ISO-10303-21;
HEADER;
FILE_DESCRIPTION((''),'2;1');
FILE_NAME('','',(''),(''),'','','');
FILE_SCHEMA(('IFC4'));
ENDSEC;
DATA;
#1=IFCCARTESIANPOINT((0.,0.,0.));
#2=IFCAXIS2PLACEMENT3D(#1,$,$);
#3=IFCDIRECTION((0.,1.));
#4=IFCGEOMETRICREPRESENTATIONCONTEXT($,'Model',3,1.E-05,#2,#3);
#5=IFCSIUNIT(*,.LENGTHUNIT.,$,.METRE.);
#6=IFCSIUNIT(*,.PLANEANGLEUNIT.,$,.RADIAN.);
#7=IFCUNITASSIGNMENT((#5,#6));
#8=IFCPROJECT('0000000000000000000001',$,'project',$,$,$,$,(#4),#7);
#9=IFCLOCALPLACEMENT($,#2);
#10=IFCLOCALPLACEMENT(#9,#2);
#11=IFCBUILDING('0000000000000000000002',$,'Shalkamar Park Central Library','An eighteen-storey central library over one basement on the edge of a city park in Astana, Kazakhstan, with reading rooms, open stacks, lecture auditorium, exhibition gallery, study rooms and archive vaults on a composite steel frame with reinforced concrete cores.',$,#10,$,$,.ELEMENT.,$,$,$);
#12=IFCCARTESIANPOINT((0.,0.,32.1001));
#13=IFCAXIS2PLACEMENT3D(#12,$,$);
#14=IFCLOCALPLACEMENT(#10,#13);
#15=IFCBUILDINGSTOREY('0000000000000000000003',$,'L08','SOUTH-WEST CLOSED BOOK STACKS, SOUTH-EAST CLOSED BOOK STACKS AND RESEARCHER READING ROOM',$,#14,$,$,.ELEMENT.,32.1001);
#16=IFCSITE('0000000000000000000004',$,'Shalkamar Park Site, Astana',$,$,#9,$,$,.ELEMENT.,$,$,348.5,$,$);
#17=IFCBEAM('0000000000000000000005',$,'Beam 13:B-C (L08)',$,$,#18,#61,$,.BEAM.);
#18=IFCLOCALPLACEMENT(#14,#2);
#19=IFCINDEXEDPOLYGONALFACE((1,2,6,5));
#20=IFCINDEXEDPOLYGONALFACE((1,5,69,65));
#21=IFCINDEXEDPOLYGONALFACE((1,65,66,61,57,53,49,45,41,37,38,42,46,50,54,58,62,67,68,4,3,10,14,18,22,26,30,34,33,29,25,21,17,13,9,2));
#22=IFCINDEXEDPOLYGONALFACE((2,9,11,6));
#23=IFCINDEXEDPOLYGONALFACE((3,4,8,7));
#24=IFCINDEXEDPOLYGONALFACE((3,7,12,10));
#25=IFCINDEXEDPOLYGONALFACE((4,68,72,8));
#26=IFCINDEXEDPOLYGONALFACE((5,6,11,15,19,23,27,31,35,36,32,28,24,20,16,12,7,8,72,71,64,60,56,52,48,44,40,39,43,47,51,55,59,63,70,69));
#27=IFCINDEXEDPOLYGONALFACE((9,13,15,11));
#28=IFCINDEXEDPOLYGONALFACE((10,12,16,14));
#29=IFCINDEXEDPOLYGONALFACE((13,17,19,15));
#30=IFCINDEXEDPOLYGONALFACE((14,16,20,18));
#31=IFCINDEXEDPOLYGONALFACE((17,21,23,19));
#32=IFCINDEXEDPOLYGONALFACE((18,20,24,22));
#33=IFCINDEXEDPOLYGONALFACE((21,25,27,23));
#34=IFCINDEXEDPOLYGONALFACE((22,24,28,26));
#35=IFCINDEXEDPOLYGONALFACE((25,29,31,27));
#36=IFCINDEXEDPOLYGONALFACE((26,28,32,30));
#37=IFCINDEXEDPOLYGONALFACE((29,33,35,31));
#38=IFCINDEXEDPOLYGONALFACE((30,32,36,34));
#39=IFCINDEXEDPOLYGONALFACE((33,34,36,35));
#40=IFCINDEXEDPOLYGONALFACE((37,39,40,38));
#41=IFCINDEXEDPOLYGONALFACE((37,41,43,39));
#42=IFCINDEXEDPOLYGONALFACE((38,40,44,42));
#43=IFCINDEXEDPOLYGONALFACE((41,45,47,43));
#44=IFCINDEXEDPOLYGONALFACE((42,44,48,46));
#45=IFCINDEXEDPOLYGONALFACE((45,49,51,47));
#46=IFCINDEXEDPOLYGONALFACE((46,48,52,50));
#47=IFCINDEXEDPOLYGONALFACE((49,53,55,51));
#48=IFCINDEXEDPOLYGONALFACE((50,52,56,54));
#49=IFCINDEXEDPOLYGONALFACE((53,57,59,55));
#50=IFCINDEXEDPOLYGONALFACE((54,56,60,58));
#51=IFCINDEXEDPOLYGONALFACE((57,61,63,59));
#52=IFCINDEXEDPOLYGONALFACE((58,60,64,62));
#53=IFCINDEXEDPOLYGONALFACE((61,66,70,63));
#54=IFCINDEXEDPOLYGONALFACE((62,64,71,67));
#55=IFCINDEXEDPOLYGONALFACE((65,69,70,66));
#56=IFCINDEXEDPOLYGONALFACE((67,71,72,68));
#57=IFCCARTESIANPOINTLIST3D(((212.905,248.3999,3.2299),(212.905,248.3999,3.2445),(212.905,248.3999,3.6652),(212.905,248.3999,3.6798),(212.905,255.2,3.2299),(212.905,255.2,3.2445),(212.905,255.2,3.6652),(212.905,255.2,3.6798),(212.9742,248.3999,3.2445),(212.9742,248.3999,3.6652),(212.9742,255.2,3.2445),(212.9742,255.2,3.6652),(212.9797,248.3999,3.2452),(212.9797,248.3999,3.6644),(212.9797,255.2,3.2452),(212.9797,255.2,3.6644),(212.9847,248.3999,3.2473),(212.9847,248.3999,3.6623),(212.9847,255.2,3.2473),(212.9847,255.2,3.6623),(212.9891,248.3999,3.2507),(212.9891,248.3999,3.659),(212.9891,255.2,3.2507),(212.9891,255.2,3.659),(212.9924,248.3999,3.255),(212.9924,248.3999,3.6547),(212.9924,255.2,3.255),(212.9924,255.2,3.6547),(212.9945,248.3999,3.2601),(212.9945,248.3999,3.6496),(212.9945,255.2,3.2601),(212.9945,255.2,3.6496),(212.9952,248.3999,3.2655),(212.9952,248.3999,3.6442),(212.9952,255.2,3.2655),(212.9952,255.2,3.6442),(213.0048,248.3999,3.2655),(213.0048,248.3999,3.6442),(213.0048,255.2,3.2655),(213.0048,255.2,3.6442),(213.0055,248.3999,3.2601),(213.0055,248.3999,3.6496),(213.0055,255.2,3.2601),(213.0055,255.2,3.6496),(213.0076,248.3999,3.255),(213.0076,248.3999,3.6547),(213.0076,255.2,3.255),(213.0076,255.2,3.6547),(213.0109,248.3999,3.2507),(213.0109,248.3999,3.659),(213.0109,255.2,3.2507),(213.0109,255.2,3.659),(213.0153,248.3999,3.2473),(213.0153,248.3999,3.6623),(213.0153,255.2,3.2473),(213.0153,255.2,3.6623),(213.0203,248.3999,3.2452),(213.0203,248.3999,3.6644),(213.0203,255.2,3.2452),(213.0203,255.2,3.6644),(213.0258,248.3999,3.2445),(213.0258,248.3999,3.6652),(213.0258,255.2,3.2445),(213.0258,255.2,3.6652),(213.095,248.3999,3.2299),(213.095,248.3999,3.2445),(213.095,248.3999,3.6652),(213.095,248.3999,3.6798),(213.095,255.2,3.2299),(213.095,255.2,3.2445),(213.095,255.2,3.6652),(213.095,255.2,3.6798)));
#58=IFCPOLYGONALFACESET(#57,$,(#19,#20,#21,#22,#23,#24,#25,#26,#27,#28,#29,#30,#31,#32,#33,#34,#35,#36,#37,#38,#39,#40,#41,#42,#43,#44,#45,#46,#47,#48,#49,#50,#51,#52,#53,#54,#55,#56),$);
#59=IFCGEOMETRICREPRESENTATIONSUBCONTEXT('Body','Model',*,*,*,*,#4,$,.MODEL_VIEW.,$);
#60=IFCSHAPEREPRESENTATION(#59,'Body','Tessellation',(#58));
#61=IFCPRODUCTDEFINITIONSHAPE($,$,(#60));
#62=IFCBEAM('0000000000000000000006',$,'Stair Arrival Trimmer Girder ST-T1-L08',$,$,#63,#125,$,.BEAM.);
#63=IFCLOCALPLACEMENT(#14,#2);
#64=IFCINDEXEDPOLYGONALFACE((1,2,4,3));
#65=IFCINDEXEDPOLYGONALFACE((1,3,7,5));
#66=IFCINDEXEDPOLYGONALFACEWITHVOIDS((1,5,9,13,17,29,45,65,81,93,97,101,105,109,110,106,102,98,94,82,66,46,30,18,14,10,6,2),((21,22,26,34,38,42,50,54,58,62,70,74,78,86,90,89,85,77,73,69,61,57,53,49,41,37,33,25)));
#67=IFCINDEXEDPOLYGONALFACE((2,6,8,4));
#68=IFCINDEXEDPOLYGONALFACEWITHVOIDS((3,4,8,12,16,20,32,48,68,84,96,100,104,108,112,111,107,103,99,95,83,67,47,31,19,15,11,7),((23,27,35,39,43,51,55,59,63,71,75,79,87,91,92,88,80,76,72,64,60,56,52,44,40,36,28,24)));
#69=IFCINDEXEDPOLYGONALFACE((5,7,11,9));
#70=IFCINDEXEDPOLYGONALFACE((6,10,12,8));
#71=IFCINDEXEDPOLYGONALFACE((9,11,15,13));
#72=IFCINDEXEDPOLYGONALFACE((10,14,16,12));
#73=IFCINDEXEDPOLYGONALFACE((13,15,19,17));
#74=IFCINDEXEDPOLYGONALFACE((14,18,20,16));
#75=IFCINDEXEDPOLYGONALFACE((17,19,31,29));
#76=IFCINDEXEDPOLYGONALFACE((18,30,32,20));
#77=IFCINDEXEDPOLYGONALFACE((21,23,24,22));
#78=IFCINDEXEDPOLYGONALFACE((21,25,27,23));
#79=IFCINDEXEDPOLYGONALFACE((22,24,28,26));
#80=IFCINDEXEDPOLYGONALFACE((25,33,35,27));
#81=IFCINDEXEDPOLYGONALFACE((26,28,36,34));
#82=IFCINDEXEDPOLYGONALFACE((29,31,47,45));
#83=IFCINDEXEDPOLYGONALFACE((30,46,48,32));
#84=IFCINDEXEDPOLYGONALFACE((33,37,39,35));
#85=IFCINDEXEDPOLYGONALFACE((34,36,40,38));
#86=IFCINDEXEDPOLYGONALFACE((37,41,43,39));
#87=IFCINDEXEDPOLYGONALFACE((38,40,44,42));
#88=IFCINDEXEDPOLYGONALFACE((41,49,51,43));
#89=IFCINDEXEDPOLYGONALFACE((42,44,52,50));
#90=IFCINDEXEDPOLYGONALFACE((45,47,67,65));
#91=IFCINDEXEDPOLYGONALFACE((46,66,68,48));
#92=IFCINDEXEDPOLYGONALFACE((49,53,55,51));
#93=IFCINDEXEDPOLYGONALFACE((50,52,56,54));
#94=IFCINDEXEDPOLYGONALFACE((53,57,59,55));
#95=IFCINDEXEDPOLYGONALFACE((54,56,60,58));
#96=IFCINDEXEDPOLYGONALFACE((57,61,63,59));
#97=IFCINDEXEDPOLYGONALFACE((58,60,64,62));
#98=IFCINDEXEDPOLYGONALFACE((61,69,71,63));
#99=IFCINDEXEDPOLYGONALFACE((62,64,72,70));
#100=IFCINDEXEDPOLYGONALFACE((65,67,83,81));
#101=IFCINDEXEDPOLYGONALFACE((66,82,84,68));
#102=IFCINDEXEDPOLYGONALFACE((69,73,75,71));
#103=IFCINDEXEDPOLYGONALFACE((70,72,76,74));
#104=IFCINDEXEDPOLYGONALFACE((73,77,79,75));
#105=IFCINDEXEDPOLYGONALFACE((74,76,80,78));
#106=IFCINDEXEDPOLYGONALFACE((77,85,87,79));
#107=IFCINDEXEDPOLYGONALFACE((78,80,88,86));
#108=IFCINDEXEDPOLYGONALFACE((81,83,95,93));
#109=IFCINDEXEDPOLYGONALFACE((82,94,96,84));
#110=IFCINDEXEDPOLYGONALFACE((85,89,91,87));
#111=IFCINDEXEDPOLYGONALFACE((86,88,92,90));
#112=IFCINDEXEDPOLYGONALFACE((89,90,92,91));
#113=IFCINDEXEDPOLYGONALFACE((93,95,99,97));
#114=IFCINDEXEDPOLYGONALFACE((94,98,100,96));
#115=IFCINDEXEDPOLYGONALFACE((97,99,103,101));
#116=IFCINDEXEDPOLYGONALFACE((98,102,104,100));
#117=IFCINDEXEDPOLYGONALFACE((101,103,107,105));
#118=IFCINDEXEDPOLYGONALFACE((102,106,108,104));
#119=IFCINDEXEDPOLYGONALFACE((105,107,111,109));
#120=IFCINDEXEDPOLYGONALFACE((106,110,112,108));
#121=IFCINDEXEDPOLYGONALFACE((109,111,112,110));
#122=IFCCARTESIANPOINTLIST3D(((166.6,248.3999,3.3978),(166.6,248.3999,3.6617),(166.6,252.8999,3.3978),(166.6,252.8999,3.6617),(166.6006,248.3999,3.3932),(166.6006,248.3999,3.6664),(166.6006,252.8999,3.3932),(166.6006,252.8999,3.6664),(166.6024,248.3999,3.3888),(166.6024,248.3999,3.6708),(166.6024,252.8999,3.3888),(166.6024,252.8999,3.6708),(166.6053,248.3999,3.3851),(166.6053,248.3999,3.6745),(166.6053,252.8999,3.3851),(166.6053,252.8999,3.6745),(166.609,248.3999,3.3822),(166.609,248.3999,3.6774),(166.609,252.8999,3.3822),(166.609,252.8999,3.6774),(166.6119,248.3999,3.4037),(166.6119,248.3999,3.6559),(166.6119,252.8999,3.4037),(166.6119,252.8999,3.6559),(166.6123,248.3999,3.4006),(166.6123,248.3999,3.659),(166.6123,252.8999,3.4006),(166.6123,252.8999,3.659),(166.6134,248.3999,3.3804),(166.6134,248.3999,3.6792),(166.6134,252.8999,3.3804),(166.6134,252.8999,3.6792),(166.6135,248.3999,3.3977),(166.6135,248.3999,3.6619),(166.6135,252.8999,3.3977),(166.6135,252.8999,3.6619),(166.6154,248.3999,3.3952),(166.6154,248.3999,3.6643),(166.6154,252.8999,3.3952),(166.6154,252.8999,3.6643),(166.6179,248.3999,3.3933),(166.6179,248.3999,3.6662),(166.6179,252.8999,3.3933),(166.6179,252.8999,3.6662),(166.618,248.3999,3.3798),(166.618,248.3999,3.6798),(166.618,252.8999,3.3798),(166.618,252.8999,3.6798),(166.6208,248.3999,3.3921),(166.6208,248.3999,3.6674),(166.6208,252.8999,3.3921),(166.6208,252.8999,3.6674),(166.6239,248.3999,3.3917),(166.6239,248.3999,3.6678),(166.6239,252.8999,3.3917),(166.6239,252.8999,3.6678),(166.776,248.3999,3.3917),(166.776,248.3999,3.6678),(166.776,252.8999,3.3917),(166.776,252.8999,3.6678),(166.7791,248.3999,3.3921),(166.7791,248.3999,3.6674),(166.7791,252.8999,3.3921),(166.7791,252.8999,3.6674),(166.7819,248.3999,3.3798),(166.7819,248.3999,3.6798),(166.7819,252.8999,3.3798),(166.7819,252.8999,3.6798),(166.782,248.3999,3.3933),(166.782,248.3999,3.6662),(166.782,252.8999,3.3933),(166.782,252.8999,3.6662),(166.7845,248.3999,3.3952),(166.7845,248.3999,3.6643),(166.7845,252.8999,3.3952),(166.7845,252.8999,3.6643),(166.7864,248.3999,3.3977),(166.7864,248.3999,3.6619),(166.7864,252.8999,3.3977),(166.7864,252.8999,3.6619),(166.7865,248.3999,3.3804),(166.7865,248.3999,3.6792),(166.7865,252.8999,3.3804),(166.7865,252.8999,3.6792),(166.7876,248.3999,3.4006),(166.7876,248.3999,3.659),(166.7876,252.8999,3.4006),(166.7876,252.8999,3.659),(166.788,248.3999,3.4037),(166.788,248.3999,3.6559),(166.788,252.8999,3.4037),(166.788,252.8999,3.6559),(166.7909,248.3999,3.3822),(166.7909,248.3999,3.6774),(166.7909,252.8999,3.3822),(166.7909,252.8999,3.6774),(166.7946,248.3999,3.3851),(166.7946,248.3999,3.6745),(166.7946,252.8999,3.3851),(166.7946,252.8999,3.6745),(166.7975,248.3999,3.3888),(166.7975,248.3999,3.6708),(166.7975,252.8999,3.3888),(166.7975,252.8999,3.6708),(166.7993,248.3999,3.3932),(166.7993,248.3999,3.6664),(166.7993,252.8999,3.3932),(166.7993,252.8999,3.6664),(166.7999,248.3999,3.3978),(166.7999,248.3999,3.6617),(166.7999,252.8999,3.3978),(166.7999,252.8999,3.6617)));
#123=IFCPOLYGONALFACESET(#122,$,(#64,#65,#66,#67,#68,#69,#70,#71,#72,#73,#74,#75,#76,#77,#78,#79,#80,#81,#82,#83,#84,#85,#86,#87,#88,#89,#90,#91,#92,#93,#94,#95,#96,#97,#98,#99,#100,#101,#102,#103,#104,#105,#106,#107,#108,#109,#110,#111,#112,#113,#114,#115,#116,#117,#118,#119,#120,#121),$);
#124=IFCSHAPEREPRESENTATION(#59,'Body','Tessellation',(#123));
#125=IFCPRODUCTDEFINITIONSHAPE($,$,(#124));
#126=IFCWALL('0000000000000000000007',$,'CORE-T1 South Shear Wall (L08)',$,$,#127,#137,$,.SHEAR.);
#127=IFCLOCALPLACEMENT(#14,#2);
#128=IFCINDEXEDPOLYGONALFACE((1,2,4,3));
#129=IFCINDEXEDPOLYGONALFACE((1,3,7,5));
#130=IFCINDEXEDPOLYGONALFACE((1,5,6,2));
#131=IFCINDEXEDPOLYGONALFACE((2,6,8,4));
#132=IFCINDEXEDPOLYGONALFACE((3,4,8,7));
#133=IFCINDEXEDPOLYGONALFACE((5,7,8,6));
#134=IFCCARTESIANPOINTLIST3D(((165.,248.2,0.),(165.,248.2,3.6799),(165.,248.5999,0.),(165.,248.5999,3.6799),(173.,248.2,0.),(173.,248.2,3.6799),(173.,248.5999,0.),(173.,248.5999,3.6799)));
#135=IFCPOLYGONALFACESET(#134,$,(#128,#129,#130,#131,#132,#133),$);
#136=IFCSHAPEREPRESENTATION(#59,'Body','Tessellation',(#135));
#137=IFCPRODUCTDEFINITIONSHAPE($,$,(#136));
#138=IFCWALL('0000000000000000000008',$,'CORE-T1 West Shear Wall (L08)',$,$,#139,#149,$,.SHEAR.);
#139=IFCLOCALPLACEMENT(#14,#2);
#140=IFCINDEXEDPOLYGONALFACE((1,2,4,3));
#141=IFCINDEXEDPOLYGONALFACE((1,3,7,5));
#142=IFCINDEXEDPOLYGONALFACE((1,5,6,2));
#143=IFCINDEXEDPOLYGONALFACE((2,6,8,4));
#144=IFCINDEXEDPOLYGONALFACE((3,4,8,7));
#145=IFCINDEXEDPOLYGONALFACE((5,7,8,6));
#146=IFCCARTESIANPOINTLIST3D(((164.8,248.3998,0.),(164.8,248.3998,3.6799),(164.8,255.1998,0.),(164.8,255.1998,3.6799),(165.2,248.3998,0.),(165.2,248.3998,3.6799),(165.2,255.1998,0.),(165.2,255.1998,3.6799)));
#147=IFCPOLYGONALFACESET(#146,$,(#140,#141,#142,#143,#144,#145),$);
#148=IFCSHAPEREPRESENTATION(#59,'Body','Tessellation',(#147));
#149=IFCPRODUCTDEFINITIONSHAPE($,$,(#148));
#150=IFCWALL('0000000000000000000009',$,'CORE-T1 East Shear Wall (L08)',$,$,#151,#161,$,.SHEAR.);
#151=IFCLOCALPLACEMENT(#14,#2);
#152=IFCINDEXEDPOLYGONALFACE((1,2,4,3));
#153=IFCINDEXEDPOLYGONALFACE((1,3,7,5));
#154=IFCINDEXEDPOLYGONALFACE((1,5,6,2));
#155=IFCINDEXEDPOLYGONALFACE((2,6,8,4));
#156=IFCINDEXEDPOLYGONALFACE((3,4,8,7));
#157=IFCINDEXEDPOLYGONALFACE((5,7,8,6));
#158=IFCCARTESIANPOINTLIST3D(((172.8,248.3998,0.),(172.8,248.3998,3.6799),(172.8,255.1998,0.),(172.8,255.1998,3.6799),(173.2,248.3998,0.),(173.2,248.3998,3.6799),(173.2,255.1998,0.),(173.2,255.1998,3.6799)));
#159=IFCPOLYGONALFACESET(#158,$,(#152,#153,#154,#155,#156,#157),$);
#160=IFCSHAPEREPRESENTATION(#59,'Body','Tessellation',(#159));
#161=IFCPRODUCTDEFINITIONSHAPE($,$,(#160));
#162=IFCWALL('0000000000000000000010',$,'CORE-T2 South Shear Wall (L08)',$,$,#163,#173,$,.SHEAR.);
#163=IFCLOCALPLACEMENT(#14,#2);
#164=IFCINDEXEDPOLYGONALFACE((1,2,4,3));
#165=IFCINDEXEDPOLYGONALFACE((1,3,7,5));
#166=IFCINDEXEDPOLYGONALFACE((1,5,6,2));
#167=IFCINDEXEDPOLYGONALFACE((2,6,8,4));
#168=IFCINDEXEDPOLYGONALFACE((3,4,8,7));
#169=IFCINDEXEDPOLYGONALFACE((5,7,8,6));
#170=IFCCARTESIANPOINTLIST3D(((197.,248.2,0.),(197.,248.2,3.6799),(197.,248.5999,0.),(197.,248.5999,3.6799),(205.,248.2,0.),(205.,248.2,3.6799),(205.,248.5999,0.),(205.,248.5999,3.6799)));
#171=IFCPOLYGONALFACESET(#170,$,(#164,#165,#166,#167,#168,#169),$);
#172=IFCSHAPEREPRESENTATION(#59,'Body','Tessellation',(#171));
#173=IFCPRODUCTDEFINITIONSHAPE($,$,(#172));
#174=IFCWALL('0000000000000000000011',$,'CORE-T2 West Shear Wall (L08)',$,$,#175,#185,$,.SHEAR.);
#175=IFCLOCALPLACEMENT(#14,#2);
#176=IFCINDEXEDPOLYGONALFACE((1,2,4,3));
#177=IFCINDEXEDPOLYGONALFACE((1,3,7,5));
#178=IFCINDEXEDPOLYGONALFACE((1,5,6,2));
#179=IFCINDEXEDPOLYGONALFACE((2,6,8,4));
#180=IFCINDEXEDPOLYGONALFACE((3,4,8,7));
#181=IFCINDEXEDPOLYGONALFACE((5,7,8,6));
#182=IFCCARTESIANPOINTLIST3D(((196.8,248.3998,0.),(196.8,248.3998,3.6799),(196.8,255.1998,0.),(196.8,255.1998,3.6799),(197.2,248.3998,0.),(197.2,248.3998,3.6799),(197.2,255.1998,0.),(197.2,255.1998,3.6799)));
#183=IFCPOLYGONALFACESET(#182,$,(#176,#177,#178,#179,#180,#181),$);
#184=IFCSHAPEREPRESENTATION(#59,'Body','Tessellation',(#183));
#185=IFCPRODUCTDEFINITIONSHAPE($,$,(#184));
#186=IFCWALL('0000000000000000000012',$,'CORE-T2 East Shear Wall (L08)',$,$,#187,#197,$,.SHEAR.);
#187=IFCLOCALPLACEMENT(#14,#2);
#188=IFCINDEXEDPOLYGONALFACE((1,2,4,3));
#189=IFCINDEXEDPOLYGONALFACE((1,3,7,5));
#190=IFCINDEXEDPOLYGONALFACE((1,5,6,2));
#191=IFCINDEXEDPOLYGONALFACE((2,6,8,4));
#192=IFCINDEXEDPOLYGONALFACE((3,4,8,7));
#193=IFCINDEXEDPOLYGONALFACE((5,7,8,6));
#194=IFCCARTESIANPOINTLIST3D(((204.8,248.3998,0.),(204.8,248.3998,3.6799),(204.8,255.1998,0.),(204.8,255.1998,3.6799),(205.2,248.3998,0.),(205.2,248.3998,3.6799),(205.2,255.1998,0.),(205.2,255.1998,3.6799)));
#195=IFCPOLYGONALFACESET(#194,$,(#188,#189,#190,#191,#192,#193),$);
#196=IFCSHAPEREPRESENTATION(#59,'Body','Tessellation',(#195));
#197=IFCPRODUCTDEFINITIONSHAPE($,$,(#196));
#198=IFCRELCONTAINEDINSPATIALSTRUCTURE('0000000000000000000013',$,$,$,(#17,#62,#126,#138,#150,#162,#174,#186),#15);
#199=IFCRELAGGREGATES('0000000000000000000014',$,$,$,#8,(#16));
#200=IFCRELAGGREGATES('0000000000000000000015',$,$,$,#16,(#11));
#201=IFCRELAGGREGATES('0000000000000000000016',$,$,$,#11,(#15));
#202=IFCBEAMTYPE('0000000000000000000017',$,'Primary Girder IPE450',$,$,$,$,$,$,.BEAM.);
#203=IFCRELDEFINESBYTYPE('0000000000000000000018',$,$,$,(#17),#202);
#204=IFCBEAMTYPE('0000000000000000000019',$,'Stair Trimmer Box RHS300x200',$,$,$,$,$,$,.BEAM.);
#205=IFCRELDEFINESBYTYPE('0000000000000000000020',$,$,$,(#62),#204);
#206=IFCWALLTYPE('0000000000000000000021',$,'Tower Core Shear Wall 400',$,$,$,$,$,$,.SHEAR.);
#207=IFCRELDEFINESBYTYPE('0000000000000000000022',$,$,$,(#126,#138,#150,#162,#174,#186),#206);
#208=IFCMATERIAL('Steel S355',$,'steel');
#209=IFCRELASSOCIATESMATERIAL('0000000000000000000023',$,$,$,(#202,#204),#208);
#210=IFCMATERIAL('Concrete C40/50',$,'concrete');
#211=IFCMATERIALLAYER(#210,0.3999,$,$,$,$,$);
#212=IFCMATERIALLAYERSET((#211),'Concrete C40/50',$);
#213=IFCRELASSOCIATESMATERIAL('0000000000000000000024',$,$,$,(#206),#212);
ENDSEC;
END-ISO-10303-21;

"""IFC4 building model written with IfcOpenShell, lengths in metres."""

from ifc_helpers import new_model, si_unit, direction, frame, frame_2d, origin, origin_2d, place, context, subcontext, project, spatial, rectangle, hollow_rectangle, i_section, extrude, material, layer, layer_set, material_profile, profile_set, type_object, element, save


model = new_model("IFC4")

# Units and contexts
model_context = context("Model", 3, precision=1e-05, world=origin(), true_north=direction((0.0, 1.0)))
body_context = subcontext(model_context, "Body", "Model", "MODEL_VIEW")
ifc_project = project(units=[si_unit("LENGTHUNIT", "METRE"), si_unit("PLANEANGLEUNIT", "RADIAN")], contexts=[model_context])

# Site, building, storey
site_placement = place(None, origin())
site = spatial("IfcSite", under=ifc_project, at=site_placement, Name="Shalkamar Park Site, Astana", CompositionType="ELEMENT", RefElevation=348.5)
building_placement = place(site_placement, origin())
building = spatial("IfcBuilding", under=site, at=building_placement, Name="Shalkamar Park Central Library", Description="An eighteen-storey central library over one basement on the edge of a city park in Astana, Kazakhstan, with reading rooms, open stacks, lecture auditorium, exhibition gallery, study rooms and archive vaults on a composite steel frame with reinforced concrete cores.", CompositionType="ELEMENT")
storey_placement = place(building_placement, frame((0.0, 0.0, 32.1001)))
storey = spatial("IfcBuildingStorey", under=building, at=storey_placement, Name="L08", Description="SOUTH-WEST CLOSED BOOK STACKS, SOUTH-EAST CLOSED BOOK STACKS AND RESEARCHER READING ROOM", CompositionType="ELEMENT", Elevation=32.1001)

# Shared definitions
ifc_material_1 = material(Name="Steel S355", Category="steel")

# Beams
ifc_material_profile_1 = material_profile(ifc_material_1, i_section(OverallWidth=0.1899, OverallDepth=0.45, WebThickness=0.0095, FlangeThickness=0.0146, FilletRadius=0.021, at=origin_2d()), Name="IPE 450")
ifc_profile_set_1 = profile_set([ifc_material_profile_1], Name="Steel S355")
beam_type_1 = type_object("IfcBeamType", Name="Primary Girder IPE450", PredefinedType="BEAM", material=ifc_profile_set_1)
for number, where, z_axis, x_axis, name in (
    (1, (213.0, 248.3999, 3.4548), (0.0, 1.0, 0.0), (-1.0, 0.0, 0.0), "Beam 13:B-C (L08)"),
):
    element("IfcBeam", number, at=place(storey_placement, frame(where, z_axis=z_axis, x_axis=x_axis)), inside=storey, type_object=beam_type_1, Name=name, PredefinedType="BEAM", context=body_context, shape_type="SweptSolid", body=[
        extrude(i_section(OverallWidth=0.1899, OverallDepth=0.45, WebThickness=0.0095, FlangeThickness=0.0146, FilletRadius=0.021, at=origin_2d()), origin(), (0.0, 0.0, 1.0), 6.8),
    ])
ifc_material_profile_2 = material_profile(ifc_material_1, hollow_rectangle(XDim=0.2, YDim=0.3, WallThickness=0.012, InnerFilletRadius=0.012, OuterFilletRadius=0.0181, at=origin_2d()), Name="RHS 300x200x12")
ifc_profile_set_2 = profile_set([ifc_material_profile_2], Name="Steel S355")
beam_type_2 = type_object("IfcBeamType", Name="Stair Trimmer Box RHS300x200", PredefinedType="BEAM", material=ifc_profile_set_2)
beam_placement = place(storey_placement, frame((166.7, 248.3999, 3.5298), z_axis=(0.0, 1.0, 0.0), x_axis=(-1.0, 0.0, 0.0)))
element("IfcBeam", 2, at=beam_placement, inside=storey, type_object=beam_type_2, Name="Stair Arrival Trimmer Girder ST-T1-L08", PredefinedType="BEAM", context=body_context, shape_type="SweptSolid", body=[
    extrude(hollow_rectangle(XDim=0.2, YDim=0.3, WallThickness=0.012, InnerFilletRadius=0.012, OuterFilletRadius=0.0181, at=origin_2d()), origin(), (0.0, 0.0, 1.0), 4.5),
])

# Walls
ifc_material_2 = material(Name="Concrete C40/50", Category="concrete")
ifc_layer_1 = layer(ifc_material_2, 0.3999)
ifc_layer_set_1 = layer_set([ifc_layer_1], Name="Concrete C40/50")
wall_type_1 = type_object("IfcWallType", Name="Tower Core Shear Wall 400", PredefinedType="SHEAR", material=ifc_layer_set_1)
wall_1_placement = place(storey_placement, frame((165.0, 248.3999, 0.0), z_axis=(0.0, 0.0, 1.0), x_axis=(1.0, 0.0, 0.0)))
element("IfcWall", 3, at=wall_1_placement, inside=storey, type_object=wall_type_1, Name="CORE-T1 South Shear Wall (L08)", PredefinedType="SHEAR", context=body_context, shape_type="SweptSolid", body=[
    extrude(rectangle(XDim=8.0, YDim=0.3999, at=frame_2d((4.0, 0.0))), origin(), (0.0, 0.0, 1.0), 3.6799),
])
for number, where, z_axis, x_axis, name in (
    (4, (165.0, 248.3999, 0.0), (0.0, 0.0, 1.0), (0.0, 1.0, 0.0), "CORE-T1 West Shear Wall (L08)"),
    (5, (173.0, 248.3999, 0.0), (0.0, 0.0, 1.0), (0.0, 1.0, 0.0), "CORE-T1 East Shear Wall (L08)"),
):
    element("IfcWall", number, at=place(storey_placement, frame(where, z_axis=z_axis, x_axis=x_axis)), inside=storey, type_object=wall_type_1, Name=name, PredefinedType="SHEAR", context=body_context, shape_type="SweptSolid", body=[
        extrude(rectangle(XDim=6.8, YDim=0.3999, at=frame_2d((3.3999, 0.0))), origin(), (0.0, 0.0, 1.0), 3.6799),
    ])
wall_2_placement = place(storey_placement, frame((197.0, 248.3999, 0.0), z_axis=(0.0, 0.0, 1.0), x_axis=(1.0, 0.0, 0.0)))
element("IfcWall", 6, at=wall_2_placement, inside=storey, type_object=wall_type_1, Name="CORE-T2 South Shear Wall (L08)", PredefinedType="SHEAR", context=body_context, shape_type="SweptSolid", body=[
    extrude(rectangle(XDim=8.0, YDim=0.3999, at=frame_2d((4.0, 0.0))), origin(), (0.0, 0.0, 1.0), 3.6799),
])
for number, where, z_axis, x_axis, name in (
    (7, (197.0, 248.3999, 0.0), (0.0, 0.0, 1.0), (0.0, 1.0, 0.0), "CORE-T2 West Shear Wall (L08)"),
    (8, (205.0, 248.3999, 0.0), (0.0, 0.0, 1.0), (0.0, 1.0, 0.0), "CORE-T2 East Shear Wall (L08)"),
):
    element("IfcWall", number, at=place(storey_placement, frame(where, z_axis=z_axis, x_axis=x_axis)), inside=storey, type_object=wall_type_1, Name=name, PredefinedType="SHEAR", context=body_context, shape_type="SweptSolid", body=[
        extrude(rectangle(XDim=6.8, YDim=0.3999, at=frame_2d((3.3999, 0.0))), origin(), (0.0, 0.0, 1.0), 3.6799),
    ])

save(model, "model.ifc")
